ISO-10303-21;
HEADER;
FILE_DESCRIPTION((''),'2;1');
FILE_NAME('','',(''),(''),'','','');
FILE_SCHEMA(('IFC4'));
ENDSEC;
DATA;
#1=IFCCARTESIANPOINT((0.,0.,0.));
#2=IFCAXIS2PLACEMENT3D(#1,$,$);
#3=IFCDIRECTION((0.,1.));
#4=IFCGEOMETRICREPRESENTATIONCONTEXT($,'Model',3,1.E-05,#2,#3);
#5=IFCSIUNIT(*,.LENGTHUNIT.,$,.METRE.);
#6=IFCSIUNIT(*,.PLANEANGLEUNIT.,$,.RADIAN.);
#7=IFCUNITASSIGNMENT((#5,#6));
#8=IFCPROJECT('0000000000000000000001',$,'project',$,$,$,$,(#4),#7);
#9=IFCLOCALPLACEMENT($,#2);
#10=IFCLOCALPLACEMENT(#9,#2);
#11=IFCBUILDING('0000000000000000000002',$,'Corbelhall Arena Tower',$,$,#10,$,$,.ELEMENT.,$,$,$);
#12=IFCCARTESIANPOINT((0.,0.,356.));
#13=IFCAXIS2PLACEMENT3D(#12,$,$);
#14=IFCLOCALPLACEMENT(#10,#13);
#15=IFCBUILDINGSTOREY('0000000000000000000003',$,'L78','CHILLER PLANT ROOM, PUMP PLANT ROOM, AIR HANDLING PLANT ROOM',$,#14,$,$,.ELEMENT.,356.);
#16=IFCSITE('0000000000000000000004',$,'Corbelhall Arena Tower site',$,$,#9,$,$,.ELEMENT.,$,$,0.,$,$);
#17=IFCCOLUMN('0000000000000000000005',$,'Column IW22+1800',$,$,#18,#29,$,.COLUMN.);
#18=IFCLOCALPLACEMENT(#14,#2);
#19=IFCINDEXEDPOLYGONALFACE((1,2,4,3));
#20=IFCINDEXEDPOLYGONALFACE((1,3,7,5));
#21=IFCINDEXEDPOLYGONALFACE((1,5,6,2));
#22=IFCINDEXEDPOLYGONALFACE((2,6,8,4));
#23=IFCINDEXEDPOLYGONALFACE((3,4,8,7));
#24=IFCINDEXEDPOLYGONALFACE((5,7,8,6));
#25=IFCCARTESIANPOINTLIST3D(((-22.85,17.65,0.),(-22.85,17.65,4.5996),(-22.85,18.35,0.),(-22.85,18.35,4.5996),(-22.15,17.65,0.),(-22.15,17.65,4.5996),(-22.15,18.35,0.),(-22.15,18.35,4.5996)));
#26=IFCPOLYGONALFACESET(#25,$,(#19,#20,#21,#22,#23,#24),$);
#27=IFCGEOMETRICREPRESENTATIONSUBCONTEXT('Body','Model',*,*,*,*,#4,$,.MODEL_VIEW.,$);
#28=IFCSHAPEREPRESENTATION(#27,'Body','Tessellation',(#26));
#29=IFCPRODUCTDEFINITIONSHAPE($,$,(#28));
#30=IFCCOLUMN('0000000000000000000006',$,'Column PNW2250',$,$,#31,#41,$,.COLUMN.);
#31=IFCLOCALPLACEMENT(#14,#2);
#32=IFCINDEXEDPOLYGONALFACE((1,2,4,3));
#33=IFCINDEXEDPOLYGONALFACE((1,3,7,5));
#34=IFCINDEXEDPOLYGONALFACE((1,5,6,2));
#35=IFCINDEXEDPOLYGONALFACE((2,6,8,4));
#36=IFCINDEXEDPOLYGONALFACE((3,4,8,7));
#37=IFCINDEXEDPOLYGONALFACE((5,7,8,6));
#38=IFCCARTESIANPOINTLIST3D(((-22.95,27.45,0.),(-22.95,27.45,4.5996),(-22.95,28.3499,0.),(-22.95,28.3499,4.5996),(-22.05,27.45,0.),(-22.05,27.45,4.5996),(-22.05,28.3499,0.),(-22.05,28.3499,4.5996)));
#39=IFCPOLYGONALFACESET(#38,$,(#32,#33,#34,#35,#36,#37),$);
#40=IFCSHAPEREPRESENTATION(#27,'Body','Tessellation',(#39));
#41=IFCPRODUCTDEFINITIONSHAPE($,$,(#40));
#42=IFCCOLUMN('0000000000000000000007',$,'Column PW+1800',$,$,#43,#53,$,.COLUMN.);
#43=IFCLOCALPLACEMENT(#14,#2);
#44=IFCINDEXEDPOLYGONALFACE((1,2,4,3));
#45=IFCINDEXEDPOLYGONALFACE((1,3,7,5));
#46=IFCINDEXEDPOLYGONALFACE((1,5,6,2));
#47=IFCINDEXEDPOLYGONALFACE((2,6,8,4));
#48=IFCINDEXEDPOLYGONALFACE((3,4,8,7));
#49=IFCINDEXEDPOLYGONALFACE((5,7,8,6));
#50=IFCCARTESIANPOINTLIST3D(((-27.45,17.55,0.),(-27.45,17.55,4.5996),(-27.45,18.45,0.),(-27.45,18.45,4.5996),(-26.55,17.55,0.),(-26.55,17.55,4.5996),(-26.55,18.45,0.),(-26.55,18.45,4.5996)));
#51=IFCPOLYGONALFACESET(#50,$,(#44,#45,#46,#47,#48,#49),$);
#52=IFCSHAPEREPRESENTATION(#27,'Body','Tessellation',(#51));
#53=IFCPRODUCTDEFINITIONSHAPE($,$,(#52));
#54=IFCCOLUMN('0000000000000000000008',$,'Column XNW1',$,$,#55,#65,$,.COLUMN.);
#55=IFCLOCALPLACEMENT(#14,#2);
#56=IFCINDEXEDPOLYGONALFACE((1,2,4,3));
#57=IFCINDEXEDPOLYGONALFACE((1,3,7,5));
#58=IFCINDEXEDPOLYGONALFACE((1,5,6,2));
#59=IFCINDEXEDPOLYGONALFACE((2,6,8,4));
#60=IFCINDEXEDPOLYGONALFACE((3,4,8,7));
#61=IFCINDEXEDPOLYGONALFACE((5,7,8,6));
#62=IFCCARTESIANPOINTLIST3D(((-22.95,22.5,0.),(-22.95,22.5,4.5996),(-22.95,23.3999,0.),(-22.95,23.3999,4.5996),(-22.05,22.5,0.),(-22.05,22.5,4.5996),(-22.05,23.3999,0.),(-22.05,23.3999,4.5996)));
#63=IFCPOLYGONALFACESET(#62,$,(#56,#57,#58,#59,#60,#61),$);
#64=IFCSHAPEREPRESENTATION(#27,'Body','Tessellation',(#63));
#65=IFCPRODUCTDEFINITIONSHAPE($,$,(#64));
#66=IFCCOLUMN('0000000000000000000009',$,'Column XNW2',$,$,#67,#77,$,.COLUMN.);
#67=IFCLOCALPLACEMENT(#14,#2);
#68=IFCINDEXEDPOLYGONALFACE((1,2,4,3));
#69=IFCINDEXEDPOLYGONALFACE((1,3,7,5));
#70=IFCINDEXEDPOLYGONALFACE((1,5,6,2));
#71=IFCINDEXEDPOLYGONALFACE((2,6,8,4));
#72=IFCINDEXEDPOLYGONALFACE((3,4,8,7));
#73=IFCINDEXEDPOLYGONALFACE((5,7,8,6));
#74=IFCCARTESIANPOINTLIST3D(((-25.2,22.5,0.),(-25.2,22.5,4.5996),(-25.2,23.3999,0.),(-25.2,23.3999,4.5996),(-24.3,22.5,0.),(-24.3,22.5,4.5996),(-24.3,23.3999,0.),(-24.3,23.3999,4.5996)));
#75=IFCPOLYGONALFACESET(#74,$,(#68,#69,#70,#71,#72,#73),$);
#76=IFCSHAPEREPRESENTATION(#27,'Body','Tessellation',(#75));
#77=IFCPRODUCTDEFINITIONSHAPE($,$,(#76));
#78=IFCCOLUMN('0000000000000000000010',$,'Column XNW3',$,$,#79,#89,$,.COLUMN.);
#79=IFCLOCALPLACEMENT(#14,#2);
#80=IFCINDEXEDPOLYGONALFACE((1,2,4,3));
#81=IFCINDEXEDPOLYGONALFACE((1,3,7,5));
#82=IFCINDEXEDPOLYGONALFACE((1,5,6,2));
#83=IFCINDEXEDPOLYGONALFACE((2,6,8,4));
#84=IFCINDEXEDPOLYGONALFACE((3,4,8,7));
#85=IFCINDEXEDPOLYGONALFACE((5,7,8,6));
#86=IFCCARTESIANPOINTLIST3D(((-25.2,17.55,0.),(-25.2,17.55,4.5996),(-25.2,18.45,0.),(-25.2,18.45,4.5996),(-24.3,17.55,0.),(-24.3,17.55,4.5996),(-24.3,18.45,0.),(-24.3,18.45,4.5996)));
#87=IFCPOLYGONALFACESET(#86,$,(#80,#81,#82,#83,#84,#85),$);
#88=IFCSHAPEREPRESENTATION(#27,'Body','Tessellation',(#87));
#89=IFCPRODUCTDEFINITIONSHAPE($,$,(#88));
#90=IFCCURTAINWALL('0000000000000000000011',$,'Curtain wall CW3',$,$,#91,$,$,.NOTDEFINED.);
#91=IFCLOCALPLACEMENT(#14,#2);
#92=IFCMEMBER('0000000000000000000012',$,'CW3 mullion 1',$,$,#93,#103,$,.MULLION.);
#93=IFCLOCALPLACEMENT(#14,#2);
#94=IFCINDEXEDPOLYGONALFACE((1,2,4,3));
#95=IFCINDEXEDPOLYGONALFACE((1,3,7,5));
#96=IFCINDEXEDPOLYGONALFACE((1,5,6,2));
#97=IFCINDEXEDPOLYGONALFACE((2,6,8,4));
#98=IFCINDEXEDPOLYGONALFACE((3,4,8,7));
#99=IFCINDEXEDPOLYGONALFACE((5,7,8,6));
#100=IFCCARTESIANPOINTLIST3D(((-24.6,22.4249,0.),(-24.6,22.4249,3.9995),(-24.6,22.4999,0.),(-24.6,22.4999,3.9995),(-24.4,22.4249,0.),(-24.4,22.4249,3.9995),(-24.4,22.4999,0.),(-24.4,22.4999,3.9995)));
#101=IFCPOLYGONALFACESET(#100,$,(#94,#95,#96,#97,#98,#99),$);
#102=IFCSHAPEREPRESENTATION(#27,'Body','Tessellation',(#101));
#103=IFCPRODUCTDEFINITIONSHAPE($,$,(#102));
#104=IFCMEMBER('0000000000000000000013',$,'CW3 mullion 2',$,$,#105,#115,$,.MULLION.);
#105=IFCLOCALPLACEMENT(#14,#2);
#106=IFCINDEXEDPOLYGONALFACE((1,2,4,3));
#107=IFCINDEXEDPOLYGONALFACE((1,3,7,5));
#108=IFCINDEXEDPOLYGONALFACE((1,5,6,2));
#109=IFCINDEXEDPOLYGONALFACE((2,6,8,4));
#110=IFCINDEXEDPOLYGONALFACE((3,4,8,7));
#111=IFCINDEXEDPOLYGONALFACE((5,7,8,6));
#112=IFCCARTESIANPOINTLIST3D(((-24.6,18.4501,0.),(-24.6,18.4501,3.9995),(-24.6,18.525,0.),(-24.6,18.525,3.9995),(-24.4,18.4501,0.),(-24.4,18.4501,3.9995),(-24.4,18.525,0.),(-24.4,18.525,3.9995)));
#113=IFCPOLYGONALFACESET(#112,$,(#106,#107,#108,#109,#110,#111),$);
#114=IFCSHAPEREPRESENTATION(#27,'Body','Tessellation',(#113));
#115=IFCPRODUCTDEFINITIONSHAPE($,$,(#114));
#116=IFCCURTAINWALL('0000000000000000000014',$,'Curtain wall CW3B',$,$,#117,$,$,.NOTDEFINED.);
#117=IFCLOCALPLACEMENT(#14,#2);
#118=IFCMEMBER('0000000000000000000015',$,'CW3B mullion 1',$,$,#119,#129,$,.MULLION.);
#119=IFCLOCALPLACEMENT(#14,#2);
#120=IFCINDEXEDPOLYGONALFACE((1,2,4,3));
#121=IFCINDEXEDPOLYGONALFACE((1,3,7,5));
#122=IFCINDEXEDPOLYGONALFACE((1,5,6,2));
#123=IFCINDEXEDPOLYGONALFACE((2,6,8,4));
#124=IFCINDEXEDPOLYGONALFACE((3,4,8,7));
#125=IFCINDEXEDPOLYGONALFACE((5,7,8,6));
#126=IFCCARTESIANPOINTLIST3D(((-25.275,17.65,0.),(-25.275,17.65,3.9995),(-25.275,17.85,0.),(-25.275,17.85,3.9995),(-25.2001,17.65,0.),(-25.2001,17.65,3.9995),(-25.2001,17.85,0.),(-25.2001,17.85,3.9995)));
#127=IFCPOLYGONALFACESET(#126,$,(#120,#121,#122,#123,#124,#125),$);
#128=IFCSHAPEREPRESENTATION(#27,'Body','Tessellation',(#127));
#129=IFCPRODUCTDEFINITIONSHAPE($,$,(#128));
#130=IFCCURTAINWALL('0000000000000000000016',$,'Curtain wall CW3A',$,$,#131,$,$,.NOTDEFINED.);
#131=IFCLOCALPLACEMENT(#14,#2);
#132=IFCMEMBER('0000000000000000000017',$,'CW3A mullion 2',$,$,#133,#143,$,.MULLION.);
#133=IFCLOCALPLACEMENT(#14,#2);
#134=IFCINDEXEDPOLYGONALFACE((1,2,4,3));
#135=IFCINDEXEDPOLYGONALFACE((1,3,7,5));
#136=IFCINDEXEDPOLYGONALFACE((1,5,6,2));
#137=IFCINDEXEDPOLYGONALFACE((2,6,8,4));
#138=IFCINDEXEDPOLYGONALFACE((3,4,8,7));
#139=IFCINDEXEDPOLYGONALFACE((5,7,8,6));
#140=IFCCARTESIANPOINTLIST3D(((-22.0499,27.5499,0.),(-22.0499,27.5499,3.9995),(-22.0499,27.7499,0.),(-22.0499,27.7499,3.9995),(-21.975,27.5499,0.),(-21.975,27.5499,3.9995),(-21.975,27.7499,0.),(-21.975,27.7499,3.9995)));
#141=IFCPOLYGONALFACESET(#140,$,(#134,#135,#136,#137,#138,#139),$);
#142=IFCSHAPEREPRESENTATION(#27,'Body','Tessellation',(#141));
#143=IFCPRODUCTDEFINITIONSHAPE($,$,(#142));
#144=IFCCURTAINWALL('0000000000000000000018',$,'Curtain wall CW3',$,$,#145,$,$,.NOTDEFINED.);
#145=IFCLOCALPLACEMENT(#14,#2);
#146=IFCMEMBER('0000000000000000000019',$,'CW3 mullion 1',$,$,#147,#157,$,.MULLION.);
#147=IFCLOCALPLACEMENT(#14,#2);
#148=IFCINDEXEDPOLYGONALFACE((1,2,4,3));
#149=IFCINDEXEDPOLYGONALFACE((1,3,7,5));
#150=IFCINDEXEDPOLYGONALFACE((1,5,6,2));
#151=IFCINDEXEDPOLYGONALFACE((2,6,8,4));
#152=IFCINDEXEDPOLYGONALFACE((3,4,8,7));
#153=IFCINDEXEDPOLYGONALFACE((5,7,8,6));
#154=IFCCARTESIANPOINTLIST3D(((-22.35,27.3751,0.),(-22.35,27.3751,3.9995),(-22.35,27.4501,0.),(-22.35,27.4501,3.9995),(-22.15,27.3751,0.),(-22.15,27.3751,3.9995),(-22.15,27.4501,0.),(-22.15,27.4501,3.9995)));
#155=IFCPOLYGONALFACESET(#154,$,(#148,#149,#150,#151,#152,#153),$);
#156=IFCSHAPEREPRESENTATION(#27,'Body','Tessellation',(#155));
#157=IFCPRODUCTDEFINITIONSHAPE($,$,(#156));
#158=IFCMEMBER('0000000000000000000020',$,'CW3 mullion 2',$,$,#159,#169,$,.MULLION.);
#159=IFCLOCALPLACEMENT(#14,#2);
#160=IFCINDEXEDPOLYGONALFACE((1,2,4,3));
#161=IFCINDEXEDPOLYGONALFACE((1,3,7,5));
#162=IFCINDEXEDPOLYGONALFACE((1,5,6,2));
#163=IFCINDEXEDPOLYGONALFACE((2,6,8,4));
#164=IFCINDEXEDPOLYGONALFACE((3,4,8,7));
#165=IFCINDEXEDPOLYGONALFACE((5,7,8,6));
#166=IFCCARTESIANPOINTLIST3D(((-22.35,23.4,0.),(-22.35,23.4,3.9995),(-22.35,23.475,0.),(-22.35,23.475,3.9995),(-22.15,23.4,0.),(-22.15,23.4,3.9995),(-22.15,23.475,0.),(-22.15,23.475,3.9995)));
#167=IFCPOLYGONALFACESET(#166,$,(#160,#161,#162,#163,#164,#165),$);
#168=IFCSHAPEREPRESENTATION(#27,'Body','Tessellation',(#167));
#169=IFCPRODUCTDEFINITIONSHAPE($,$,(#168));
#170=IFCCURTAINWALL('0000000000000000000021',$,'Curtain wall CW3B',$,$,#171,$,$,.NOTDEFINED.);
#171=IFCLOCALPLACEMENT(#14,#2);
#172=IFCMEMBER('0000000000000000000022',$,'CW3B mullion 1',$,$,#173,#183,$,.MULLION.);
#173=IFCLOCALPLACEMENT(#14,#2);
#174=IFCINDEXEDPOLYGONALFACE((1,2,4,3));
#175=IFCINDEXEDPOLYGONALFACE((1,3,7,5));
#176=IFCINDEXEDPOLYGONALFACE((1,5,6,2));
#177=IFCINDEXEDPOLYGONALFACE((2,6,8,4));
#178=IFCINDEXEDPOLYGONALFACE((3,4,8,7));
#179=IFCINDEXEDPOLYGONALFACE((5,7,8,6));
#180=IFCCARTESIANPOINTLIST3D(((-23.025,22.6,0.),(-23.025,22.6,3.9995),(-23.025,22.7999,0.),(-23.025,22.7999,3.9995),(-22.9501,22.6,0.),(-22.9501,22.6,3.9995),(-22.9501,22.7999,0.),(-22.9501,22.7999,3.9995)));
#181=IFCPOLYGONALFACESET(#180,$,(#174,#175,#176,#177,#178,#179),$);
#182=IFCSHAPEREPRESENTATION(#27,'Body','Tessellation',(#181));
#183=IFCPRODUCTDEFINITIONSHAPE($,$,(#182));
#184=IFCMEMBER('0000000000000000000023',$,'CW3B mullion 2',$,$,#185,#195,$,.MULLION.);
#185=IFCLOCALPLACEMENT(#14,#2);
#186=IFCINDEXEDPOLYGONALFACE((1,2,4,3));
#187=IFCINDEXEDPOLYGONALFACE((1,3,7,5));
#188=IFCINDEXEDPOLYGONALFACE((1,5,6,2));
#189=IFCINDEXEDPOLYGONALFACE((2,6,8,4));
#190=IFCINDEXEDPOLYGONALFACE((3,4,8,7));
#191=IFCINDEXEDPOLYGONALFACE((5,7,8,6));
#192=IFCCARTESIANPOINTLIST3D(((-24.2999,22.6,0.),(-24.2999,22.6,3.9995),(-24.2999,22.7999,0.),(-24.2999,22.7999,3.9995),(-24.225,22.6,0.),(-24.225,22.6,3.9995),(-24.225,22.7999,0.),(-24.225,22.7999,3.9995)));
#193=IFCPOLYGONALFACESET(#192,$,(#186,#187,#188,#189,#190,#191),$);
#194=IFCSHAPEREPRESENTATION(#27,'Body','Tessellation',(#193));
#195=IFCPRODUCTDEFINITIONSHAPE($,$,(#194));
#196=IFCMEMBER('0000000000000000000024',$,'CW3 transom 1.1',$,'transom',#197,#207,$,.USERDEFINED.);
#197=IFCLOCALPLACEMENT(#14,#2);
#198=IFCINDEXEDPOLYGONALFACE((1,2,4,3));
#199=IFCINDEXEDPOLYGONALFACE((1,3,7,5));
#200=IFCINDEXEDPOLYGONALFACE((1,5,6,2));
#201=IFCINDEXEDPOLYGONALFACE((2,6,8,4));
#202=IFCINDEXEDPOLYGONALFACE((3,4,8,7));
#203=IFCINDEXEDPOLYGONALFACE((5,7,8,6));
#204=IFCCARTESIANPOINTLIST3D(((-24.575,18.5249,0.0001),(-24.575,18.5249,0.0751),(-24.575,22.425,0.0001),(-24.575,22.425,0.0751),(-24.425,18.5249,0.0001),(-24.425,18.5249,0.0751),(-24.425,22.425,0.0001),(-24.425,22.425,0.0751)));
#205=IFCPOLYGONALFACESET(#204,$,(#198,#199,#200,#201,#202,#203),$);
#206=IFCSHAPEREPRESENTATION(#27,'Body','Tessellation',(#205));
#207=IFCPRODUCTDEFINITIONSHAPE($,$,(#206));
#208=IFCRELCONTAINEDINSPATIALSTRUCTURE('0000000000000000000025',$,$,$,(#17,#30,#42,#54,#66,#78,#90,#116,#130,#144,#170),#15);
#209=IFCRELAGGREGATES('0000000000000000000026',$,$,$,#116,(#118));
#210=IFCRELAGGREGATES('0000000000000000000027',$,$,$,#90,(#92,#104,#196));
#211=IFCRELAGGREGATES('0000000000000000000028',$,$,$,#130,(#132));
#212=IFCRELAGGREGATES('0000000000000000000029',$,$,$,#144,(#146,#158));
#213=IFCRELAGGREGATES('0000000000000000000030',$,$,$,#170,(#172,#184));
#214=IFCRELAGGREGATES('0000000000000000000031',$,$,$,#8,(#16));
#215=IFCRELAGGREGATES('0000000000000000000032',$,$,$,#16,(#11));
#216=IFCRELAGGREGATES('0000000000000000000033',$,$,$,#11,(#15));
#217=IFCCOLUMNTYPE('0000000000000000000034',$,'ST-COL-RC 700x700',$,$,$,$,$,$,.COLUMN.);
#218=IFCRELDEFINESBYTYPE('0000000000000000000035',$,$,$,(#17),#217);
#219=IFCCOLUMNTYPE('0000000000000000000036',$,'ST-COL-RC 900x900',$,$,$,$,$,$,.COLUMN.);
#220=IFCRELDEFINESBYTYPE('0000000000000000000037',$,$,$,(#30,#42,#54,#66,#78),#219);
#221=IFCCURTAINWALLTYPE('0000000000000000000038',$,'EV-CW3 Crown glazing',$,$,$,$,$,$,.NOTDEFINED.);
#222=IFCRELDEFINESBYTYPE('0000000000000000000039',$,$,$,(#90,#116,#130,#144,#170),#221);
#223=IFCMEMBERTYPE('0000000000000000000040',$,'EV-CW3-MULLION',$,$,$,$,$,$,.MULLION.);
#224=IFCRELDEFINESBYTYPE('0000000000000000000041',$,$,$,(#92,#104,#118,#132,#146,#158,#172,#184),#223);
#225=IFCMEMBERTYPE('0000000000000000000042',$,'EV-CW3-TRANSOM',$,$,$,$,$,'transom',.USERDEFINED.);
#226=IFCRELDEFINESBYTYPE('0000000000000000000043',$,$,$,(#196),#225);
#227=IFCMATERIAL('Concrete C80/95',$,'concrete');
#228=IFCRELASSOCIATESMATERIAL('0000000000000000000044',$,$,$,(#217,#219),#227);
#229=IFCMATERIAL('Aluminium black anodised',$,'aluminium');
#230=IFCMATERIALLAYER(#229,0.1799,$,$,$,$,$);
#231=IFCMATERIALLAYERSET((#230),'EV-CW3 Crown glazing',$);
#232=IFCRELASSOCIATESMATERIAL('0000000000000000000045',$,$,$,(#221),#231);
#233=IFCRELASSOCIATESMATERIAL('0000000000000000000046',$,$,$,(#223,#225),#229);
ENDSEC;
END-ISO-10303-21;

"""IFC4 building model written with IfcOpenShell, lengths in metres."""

from ifc_helpers import new_model, si_unit, direction, frame, origin, origin_2d, place, context, subcontext, project, spatial, rectangle, extrude, material, layer, layer_set, material_profile, profile_set, type_object, element, aggregate, save


model = new_model("IFC4")

# Units and contexts
model_context = context("Model", 3, precision=1e-05, world=origin(), true_north=direction((0.0, 1.0)))
body_context = subcontext(model_context, "Body", "Model", "MODEL_VIEW")
ifc_project = project(units=[si_unit("LENGTHUNIT", "METRE"), si_unit("PLANEANGLEUNIT", "RADIAN")], contexts=[model_context])

# Site, building, storey
site_placement = place(None, origin())
site = spatial("IfcSite", under=ifc_project, at=site_placement, Name="Corbelhall Arena Tower site", CompositionType="ELEMENT", RefElevation=0.0)
building_placement = place(site_placement, origin())
building = spatial("IfcBuilding", under=site, at=building_placement, Name="Corbelhall Arena Tower", CompositionType="ELEMENT")
storey_placement = place(building_placement, frame((0.0, 0.0, 356.0)))
storey = spatial("IfcBuildingStorey", under=building, at=storey_placement, Name="L78", Description="CHILLER PLANT ROOM, PUMP PLANT ROOM, AIR HANDLING PLANT ROOM", CompositionType="ELEMENT", Elevation=356.0)

# Columns
ifc_material_1 = material(Name="Concrete C80/95", Category="concrete")
ifc_material_profile_1 = material_profile(ifc_material_1, rectangle(XDim=0.7, YDim=0.7, at=origin_2d()))
ifc_profile_set_1 = profile_set([ifc_material_profile_1], Name="Concrete C80/95")
column_type_1 = type_object("IfcColumnType", Name="ST-COL-RC 700x700", PredefinedType="COLUMN", material=ifc_profile_set_1)
column_placement = place(storey_placement, frame((-22.5, 18.0, 0.0), z_axis=(0.0, 0.0, 1.0), x_axis=(1.0, 0.0, 0.0)))
element("IfcColumn", 1, at=column_placement, inside=storey, type_object=column_type_1, Name="Column IW22+1800", PredefinedType="COLUMN", context=body_context, shape_type="SweptSolid", body=[
    extrude(rectangle(XDim=0.7, YDim=0.7, at=origin_2d()), origin(), (0.0, 0.0, 1.0), 4.5996),
])
ifc_material_profile_2 = material_profile(ifc_material_1, rectangle(XDim=0.8999, YDim=0.8999, at=origin_2d()))
ifc_profile_set_2 = profile_set([ifc_material_profile_2], Name="Concrete C80/95")
column_type_2 = type_object("IfcColumnType", Name="ST-COL-RC 900x900", PredefinedType="COLUMN", material=ifc_profile_set_2)
for number, where, z_axis, x_axis, name in (
    (2, (-22.5, 27.8999, 0.0), (0.0, 0.0, 1.0), (1.0, 0.0, 0.0), "Column PNW2250"),
    (3, (-27.0, 18.0, 0.0), (0.0, 0.0, 1.0), (0.0, 1.0, 0.0), "Column PW+1800"),
    (4, (-22.5, 22.95, 0.0), (0.0, 0.0, 1.0), (1.0, 0.0, 0.0), "Column XNW1"),
    (5, (-24.75, 22.95, 0.0), (0.0, 0.0, 1.0), (1.0, 0.0, 0.0), "Column XNW2"),
    (6, (-24.75, 18.0, 0.0), (0.0, 0.0, 1.0), (1.0, 0.0, 0.0), "Column XNW3"),
):
    element("IfcColumn", number, at=place(storey_placement, frame(where, z_axis=z_axis, x_axis=x_axis)), inside=storey, type_object=column_type_2, Name=name, PredefinedType="COLUMN", context=body_context, shape_type="SweptSolid", body=[
        extrude(rectangle(XDim=0.8999, YDim=0.8999, at=origin_2d()), origin(), (0.0, 0.0, 1.0), 4.5996),
    ])

# Curtain wall, members
ifc_material_2 = material(Name="Aluminium black anodised", Category="aluminium")
ifc_layer_1 = layer(ifc_material_2, 0.1799)
ifc_layer_set_1 = layer_set([ifc_layer_1], Name="EV-CW3 Crown glazing")
curtain_wall_type = type_object("IfcCurtainWallType", Name="EV-CW3 Crown glazing", PredefinedType="NOTDEFINED", material=ifc_layer_set_1)
curtain_wall_1_placement = place(storey_placement, origin())
curtain_wall_1 = element("IfcCurtainWall", 7, at=curtain_wall_1_placement, inside=storey, type_object=curtain_wall_type, Name="Curtain wall CW3", PredefinedType="NOTDEFINED")
ifc_material_profile_3 = material_profile(ifc_material_2, rectangle(XDim=0.2, YDim=0.075, at=origin_2d()))
ifc_profile_set_3 = profile_set([ifc_material_profile_3], Name="Aluminium black anodised")
member_type_1 = type_object("IfcMemberType", Name="EV-CW3-MULLION", PredefinedType="MULLION", material=ifc_profile_set_3)
member_1_placement = place(storey_placement, frame((-24.5, 22.4624, 0.0), z_axis=(0.0, 0.0, 1.0), x_axis=(1.0, 0.0, 0.0)))
member_1 = element("IfcMember", 8, at=member_1_placement, type_object=member_type_1, Name="CW3 mullion 1", PredefinedType="MULLION", context=body_context, shape_type="SweptSolid", body=[
    extrude(rectangle(XDim=0.2, YDim=0.075, at=origin_2d()), origin(), (0.0, 0.0, 1.0), 3.9995),
])
member_2_placement = place(storey_placement, frame((-24.5, 18.4875, 0.0), z_axis=(0.0, 0.0, 1.0), x_axis=(1.0, 0.0, 0.0)))
member_2 = element("IfcMember", 9, at=member_2_placement, type_object=member_type_1, Name="CW3 mullion 2", PredefinedType="MULLION", context=body_context, shape_type="SweptSolid", body=[
    extrude(rectangle(XDim=0.2, YDim=0.075, at=origin_2d()), origin(), (0.0, 0.0, 1.0), 3.9995),
])

# Curtain walls, members
curtain_wall_2_placement = place(storey_placement, origin())
curtain_wall_2 = element("IfcCurtainWall", 10, at=curtain_wall_2_placement, inside=storey, type_object=curtain_wall_type, Name="Curtain wall CW3B", PredefinedType="NOTDEFINED")
member_3_placement = place(storey_placement, frame((-25.2375, 17.75, 0.0), z_axis=(0.0, 0.0, 1.0), x_axis=(0.0, -1.0, 0.0)))
member_3 = element("IfcMember", 11, at=member_3_placement, type_object=member_type_1, Name="CW3B mullion 1", PredefinedType="MULLION", context=body_context, shape_type="SweptSolid", body=[
    extrude(rectangle(XDim=0.2, YDim=0.075, at=origin_2d()), origin(), (0.0, 0.0, 1.0), 3.9995),
])
aggregate(curtain_wall_2, [member_3])
curtain_wall_3_placement = place(storey_placement, origin())
curtain_wall_3 = element("IfcCurtainWall", 12, at=curtain_wall_3_placement, inside=storey, type_object=curtain_wall_type, Name="Curtain wall CW3A", PredefinedType="NOTDEFINED")
member_4_placement = place(storey_placement, frame((-22.0125, 27.6499, 0.0), z_axis=(0.0, 0.0, 1.0), x_axis=(0.0, -1.0, 0.0)))
member_4 = element("IfcMember", 13, at=member_4_placement, type_object=member_type_1, Name="CW3A mullion 2", PredefinedType="MULLION", context=body_context, shape_type="SweptSolid", body=[
    extrude(rectangle(XDim=0.2, YDim=0.075, at=origin_2d()), origin(), (0.0, 0.0, 1.0), 3.9995),
])

# Curtain walls, members
curtain_wall_4_placement = place(storey_placement, origin())
curtain_wall_4 = element("IfcCurtainWall", 14, at=curtain_wall_4_placement, inside=storey, type_object=curtain_wall_type, Name="Curtain wall CW3", PredefinedType="NOTDEFINED")
member_5_placement = place(storey_placement, frame((-22.25, 27.4126, 0.0), z_axis=(0.0, 0.0, 1.0), x_axis=(1.0, 0.0, 0.0)))
member_5 = element("IfcMember", 15, at=member_5_placement, type_object=member_type_1, Name="CW3 mullion 1", PredefinedType="MULLION", context=body_context, shape_type="SweptSolid", body=[
    extrude(rectangle(XDim=0.2, YDim=0.075, at=origin_2d()), origin(), (0.0, 0.0, 1.0), 3.9995),
])
member_6_placement = place(storey_placement, frame((-22.25, 23.4375, 0.0), z_axis=(0.0, 0.0, 1.0), x_axis=(1.0, 0.0, 0.0)))
member_6 = element("IfcMember", 16, at=member_6_placement, type_object=member_type_1, Name="CW3 mullion 2", PredefinedType="MULLION", context=body_context, shape_type="SweptSolid", body=[
    extrude(rectangle(XDim=0.2, YDim=0.075, at=origin_2d()), origin(), (0.0, 0.0, 1.0), 3.9995),
])
curtain_wall_5_placement = place(storey_placement, origin())
curtain_wall_5 = element("IfcCurtainWall", 17, at=curtain_wall_5_placement, inside=storey, type_object=curtain_wall_type, Name="Curtain wall CW3B", PredefinedType="NOTDEFINED")
member_7_placement = place(storey_placement, frame((-22.9875, 22.7, 0.0), z_axis=(0.0, 0.0, 1.0), x_axis=(0.0, -1.0, 0.0)))
member_7 = element("IfcMember", 18, at=member_7_placement, type_object=member_type_1, Name="CW3B mullion 1", PredefinedType="MULLION", context=body_context, shape_type="SweptSolid", body=[
    extrude(rectangle(XDim=0.2, YDim=0.075, at=origin_2d()), origin(), (0.0, 0.0, 1.0), 3.9995),
])
member_8_placement = place(storey_placement, frame((-24.2625, 22.7, 0.0), z_axis=(0.0, 0.0, 1.0), x_axis=(0.0, -1.0, 0.0)))
member_8 = element("IfcMember", 19, at=member_8_placement, type_object=member_type_1, Name="CW3B mullion 2", PredefinedType="MULLION", context=body_context, shape_type="SweptSolid", body=[
    extrude(rectangle(XDim=0.2, YDim=0.075, at=origin_2d()), origin(), (0.0, 0.0, 1.0), 3.9995),
])

# Member
ifc_material_profile_4 = material_profile(ifc_material_2, rectangle(XDim=0.1499, YDim=0.075, at=origin_2d()))
ifc_profile_set_4 = profile_set([ifc_material_profile_4], Name="Aluminium black anodised")
member_type_2 = type_object("IfcMemberType", Name="EV-CW3-TRANSOM", ElementType="transom", PredefinedType="USERDEFINED", material=ifc_profile_set_4)
member_9_placement = place(storey_placement, frame((-24.5, 22.425, 0.0376), z_axis=(0.0, -1.0, 0.0), x_axis=(1.0, 0.0, 0.0)))
member_9 = element("IfcMember", 20, at=member_9_placement, type_object=member_type_2, Name="CW3 transom 1.1", ObjectType="transom", PredefinedType="USERDEFINED", context=body_context, shape_type="SweptSolid", body=[
    extrude(rectangle(XDim=0.1499, YDim=0.075, at=origin_2d()), origin(), (0.0, 0.0, 1.0), 3.9001),
])

aggregate(curtain_wall_1, [member_1, member_2, member_9])
aggregate(curtain_wall_3, [member_4])
aggregate(curtain_wall_4, [member_5, member_6])
aggregate(curtain_wall_5, [member_7, member_8])

save(model, "model.ifc")
